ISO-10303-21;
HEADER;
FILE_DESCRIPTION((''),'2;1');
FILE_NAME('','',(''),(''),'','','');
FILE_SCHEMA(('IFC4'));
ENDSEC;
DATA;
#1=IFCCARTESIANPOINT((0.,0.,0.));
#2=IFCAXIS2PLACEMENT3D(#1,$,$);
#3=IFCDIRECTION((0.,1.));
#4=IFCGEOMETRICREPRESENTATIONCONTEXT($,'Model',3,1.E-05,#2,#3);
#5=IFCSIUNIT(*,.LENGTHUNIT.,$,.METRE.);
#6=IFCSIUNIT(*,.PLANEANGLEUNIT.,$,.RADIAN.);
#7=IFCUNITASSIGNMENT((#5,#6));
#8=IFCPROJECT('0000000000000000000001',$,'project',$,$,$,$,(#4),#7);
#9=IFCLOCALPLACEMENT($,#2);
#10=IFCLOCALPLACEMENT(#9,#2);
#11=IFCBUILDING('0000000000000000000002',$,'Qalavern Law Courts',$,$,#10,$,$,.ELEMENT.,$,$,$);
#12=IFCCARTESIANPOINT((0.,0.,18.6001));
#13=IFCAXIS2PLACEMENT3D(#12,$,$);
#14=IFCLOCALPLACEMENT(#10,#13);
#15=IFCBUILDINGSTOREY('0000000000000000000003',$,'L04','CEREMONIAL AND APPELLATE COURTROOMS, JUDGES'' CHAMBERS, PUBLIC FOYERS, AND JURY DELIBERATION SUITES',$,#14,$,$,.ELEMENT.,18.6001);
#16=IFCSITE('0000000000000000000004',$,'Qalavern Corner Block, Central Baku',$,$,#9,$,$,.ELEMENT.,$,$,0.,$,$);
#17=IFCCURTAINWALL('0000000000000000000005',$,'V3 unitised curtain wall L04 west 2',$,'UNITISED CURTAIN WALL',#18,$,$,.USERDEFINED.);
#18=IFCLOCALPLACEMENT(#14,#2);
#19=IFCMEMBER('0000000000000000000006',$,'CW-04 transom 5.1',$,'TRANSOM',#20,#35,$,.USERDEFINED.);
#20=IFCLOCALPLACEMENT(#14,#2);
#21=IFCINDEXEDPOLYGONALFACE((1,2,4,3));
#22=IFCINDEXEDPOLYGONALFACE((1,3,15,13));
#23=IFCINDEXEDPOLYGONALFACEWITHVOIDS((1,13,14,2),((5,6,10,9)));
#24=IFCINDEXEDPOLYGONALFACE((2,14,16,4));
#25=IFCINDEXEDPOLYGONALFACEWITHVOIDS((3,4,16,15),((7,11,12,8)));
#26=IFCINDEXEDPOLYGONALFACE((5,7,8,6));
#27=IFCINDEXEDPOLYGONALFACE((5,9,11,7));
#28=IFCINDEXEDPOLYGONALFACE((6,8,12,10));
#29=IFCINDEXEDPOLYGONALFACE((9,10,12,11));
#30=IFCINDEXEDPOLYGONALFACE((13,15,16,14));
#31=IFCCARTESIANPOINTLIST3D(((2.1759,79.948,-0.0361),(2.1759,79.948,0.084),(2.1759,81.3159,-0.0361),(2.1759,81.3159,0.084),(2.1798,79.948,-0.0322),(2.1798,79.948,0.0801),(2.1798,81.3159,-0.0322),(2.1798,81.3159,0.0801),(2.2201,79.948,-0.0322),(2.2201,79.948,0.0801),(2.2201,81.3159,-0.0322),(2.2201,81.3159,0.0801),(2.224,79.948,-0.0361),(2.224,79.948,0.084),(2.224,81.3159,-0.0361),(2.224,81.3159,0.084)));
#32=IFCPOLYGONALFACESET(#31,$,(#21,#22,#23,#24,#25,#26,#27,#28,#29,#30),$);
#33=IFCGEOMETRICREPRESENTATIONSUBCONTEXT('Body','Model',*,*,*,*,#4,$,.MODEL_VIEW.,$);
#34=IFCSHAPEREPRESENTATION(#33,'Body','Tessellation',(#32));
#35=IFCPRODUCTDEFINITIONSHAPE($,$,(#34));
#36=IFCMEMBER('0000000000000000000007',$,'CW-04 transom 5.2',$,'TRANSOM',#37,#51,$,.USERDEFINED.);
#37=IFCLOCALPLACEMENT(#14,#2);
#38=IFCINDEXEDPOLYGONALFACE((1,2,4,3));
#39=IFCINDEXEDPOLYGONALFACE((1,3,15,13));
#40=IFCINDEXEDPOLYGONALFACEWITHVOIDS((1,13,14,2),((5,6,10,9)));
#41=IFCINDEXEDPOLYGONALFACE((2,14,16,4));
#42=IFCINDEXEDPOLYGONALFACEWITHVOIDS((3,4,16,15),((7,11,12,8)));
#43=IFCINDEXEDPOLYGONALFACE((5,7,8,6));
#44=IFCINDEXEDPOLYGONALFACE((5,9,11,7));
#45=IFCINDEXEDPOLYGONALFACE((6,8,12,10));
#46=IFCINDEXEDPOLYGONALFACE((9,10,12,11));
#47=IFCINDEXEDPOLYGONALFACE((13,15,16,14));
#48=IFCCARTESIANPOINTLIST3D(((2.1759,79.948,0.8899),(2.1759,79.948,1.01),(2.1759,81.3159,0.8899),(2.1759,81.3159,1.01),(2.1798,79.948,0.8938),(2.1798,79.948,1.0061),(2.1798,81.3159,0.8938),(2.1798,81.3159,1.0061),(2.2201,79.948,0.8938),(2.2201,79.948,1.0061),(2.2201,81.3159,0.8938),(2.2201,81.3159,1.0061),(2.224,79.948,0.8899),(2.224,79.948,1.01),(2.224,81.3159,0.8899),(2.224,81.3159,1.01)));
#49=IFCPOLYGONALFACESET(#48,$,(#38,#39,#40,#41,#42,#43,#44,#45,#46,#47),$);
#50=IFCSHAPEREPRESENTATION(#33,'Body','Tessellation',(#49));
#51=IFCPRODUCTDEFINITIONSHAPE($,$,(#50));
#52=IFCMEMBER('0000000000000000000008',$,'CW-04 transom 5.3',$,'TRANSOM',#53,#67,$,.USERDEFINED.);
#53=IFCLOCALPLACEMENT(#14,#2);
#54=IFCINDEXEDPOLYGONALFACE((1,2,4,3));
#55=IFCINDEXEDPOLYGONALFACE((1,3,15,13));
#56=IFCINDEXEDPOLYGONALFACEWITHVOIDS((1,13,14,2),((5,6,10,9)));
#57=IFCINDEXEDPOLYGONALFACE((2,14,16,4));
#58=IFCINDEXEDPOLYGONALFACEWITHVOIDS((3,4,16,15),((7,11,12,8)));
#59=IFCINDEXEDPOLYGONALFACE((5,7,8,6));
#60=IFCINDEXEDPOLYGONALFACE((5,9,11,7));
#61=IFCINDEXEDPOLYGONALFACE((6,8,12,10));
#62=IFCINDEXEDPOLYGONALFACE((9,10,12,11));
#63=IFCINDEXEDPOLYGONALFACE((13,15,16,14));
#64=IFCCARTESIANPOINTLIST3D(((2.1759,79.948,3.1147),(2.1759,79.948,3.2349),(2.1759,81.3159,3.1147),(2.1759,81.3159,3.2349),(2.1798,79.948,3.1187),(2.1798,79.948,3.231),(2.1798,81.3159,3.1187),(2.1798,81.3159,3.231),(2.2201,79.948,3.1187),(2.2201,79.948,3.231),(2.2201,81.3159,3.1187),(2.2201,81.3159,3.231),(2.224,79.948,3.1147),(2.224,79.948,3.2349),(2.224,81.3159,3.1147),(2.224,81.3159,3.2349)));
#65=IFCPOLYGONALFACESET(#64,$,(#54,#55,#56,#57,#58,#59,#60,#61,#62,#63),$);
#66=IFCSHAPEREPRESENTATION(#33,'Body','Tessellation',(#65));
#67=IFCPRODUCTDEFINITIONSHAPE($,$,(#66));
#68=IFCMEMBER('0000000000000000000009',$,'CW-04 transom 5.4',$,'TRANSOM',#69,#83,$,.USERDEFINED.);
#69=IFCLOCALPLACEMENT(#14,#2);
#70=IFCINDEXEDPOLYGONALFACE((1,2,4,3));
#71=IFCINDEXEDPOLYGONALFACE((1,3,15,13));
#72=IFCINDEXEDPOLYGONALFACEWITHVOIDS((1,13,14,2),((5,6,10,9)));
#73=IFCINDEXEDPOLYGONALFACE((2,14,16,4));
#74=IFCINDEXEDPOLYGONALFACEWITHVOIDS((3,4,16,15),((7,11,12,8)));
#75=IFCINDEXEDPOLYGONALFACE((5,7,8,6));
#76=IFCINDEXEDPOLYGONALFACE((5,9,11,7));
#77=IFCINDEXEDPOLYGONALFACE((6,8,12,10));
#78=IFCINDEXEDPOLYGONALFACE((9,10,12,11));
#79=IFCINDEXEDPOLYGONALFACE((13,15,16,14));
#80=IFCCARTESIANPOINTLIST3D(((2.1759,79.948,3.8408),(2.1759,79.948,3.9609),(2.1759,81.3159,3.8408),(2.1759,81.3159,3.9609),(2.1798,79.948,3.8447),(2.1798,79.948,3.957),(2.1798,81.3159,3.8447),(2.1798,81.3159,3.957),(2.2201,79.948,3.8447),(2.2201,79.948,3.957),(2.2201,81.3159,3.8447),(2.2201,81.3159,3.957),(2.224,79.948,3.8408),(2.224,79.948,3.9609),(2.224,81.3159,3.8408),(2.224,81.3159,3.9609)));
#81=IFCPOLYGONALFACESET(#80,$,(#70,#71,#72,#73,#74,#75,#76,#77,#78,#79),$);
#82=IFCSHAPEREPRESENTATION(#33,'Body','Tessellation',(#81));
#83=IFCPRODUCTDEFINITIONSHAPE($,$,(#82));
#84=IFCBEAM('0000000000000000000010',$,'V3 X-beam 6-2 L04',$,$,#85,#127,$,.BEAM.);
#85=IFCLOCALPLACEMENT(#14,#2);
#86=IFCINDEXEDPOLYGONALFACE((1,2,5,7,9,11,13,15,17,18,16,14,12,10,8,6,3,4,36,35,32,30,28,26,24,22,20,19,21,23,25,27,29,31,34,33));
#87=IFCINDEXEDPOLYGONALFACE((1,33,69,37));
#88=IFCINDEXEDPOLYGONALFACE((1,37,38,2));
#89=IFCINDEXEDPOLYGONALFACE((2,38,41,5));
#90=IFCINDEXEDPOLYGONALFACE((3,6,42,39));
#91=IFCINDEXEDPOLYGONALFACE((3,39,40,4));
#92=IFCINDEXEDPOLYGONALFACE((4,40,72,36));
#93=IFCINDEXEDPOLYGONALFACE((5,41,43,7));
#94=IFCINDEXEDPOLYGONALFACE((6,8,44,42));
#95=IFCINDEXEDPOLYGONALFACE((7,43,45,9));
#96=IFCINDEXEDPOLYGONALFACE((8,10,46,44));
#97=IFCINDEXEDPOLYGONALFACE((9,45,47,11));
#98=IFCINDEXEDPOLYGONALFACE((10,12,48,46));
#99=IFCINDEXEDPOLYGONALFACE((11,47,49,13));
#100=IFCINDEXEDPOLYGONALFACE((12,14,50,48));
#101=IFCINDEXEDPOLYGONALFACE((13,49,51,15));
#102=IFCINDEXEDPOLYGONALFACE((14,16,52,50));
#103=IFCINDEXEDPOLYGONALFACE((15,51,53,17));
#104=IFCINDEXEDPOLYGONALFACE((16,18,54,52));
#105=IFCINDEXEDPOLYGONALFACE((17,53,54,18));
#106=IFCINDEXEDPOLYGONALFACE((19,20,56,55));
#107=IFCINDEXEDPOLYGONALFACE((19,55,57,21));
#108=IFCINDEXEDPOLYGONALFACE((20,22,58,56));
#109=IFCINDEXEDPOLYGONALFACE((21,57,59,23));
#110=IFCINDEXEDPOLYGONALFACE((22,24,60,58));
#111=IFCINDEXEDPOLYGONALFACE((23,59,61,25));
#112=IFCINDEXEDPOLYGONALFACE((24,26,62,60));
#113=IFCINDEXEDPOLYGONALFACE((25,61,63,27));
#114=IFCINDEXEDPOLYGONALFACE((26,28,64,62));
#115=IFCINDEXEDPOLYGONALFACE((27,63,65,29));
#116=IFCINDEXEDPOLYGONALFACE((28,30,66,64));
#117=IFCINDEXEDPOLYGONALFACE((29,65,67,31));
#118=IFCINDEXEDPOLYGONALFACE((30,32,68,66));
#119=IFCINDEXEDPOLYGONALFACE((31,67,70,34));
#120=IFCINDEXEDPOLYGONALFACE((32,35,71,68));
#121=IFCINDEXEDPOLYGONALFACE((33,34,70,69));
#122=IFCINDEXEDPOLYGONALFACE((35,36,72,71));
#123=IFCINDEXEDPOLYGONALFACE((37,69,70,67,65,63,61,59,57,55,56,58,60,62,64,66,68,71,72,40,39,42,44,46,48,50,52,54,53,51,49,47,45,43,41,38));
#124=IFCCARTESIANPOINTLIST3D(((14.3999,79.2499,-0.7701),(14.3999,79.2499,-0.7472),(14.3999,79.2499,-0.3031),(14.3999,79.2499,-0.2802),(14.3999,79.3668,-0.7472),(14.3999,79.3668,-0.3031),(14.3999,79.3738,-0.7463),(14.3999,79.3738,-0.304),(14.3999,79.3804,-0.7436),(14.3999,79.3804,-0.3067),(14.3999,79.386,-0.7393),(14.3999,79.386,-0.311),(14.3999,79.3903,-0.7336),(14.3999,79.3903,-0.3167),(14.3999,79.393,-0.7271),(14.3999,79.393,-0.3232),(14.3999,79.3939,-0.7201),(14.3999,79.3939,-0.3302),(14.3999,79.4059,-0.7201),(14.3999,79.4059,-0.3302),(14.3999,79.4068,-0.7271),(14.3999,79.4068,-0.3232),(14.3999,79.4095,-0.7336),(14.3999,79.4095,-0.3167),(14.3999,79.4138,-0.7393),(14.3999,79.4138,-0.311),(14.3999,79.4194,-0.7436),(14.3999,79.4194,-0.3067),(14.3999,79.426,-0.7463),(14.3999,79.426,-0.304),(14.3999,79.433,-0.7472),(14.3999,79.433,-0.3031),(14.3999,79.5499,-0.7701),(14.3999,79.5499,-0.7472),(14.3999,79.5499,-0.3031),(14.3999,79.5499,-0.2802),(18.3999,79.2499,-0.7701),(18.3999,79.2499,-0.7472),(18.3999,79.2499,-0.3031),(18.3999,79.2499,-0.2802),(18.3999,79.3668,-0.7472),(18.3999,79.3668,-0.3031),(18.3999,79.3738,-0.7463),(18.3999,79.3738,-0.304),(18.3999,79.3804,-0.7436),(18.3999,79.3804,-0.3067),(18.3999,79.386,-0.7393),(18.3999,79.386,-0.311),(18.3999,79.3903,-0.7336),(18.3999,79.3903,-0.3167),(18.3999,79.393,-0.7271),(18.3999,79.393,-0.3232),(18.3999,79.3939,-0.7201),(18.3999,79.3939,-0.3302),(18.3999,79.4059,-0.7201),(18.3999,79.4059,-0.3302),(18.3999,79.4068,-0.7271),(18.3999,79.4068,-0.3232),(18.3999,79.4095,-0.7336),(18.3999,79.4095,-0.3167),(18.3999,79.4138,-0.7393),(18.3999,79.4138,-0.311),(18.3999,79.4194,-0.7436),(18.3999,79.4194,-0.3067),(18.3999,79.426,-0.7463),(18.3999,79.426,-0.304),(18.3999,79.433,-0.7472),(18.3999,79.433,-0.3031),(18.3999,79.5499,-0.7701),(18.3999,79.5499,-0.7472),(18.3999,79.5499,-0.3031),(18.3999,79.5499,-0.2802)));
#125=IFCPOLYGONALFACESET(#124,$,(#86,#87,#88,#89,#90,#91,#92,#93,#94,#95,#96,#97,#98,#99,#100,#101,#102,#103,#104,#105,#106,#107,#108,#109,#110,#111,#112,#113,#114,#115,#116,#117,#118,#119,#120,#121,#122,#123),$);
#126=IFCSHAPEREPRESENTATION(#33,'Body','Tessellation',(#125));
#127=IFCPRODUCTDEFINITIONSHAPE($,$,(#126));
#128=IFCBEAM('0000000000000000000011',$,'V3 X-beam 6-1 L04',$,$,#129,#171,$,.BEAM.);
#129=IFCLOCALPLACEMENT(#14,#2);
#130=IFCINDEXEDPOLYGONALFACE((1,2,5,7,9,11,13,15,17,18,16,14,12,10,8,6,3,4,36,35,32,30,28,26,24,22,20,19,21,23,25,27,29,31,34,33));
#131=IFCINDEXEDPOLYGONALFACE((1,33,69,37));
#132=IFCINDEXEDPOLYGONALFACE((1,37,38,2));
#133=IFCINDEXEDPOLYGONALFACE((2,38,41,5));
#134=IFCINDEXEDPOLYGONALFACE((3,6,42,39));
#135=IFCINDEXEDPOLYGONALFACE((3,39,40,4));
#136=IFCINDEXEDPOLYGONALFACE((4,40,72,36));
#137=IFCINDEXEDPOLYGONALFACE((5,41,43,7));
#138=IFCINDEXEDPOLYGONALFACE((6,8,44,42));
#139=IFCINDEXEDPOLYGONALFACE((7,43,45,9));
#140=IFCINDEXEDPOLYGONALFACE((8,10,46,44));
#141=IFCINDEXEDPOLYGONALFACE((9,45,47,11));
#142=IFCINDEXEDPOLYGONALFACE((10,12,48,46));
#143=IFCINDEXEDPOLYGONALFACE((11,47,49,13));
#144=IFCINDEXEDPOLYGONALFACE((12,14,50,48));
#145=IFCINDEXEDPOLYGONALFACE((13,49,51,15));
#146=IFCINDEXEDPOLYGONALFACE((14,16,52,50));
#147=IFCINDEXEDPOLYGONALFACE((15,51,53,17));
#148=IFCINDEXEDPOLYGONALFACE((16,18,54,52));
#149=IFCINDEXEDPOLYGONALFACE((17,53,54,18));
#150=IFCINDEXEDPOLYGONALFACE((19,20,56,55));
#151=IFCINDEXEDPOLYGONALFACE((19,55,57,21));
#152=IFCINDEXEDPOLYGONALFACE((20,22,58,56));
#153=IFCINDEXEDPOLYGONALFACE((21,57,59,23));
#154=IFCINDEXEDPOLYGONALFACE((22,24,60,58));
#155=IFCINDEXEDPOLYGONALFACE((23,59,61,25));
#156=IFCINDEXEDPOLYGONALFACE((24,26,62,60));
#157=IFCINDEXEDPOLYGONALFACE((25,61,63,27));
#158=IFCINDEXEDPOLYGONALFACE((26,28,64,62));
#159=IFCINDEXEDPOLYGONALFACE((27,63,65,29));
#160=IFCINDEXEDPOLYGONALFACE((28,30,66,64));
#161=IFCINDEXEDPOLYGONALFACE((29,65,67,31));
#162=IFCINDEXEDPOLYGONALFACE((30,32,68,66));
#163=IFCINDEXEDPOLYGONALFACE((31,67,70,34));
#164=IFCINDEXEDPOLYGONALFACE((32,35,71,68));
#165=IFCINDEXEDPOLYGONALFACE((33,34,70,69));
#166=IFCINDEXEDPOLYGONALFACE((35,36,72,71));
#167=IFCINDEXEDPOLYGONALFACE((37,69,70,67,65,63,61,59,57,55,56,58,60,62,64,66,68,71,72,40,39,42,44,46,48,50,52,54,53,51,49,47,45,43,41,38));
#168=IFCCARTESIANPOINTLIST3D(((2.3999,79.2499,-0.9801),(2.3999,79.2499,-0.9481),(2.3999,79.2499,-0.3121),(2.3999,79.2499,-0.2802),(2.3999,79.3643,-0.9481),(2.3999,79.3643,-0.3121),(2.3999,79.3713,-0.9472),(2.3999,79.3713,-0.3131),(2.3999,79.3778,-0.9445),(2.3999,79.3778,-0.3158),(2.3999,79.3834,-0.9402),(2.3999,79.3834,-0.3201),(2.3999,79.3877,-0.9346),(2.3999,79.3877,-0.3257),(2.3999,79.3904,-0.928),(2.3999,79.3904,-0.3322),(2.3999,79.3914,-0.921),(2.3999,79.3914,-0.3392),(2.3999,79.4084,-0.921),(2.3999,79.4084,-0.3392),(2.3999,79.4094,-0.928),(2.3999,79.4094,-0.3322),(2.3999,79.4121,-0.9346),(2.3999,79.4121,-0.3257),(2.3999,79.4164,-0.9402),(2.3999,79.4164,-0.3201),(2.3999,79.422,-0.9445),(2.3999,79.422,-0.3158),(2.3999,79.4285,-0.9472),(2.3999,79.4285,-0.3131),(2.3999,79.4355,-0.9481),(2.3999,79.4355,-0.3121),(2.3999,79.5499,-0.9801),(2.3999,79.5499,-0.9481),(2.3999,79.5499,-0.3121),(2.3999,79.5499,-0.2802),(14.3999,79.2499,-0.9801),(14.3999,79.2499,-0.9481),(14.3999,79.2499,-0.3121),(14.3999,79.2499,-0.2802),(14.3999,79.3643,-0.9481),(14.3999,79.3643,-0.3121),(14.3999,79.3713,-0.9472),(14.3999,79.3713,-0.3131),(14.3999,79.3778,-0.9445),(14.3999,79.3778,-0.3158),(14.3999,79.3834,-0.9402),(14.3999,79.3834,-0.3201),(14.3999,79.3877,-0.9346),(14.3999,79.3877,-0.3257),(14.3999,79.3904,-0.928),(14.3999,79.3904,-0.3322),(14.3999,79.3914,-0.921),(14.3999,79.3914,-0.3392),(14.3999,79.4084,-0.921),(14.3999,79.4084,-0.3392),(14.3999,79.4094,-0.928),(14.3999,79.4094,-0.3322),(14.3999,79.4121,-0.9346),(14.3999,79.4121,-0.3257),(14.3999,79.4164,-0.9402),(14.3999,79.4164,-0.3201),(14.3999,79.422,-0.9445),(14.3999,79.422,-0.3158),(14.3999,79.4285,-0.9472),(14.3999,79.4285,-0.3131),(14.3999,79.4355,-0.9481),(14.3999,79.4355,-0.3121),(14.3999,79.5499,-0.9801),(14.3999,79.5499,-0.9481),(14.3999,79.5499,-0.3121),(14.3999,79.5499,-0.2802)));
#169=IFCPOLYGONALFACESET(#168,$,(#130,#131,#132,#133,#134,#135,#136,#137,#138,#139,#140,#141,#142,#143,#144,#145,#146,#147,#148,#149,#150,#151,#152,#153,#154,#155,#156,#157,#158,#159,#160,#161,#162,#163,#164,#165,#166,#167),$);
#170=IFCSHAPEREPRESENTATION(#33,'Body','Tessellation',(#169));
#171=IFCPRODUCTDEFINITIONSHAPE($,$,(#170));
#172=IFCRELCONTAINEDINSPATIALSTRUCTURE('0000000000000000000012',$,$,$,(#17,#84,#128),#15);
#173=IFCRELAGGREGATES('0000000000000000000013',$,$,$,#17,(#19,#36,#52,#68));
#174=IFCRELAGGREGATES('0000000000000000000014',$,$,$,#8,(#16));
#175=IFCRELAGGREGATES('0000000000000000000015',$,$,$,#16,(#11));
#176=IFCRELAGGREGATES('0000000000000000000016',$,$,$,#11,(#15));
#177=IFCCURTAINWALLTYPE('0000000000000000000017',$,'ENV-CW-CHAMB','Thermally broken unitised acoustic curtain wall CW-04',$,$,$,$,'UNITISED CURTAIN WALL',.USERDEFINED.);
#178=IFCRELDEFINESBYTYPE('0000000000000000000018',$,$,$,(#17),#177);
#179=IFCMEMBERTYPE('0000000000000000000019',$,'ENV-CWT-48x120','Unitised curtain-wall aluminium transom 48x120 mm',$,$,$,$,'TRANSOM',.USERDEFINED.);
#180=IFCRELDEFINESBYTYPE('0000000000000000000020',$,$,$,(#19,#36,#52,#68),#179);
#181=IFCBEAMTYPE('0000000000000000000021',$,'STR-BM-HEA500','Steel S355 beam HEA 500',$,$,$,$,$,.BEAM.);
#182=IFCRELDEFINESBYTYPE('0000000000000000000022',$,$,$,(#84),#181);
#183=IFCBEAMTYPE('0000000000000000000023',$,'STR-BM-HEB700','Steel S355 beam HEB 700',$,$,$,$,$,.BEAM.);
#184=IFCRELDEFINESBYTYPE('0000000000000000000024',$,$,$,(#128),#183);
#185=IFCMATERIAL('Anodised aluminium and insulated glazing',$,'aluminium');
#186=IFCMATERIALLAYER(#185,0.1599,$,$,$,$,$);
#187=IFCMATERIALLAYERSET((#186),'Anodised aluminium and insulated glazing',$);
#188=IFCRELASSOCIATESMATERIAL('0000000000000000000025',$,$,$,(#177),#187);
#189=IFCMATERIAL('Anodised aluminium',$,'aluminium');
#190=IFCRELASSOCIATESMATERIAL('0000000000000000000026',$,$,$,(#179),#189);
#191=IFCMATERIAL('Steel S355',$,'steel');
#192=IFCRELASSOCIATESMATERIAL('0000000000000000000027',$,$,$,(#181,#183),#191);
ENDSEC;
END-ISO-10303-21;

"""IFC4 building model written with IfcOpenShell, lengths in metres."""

from ifc_helpers import new_model, si_unit, direction, frame, origin, origin_2d, place, context, subcontext, project, spatial, hollow_rectangle, i_section, extrude, material, layer, layer_set, material_profile, profile_set, type_object, element, aggregate, save


model = new_model("IFC4")

# Units and contexts
model_context = context("Model", 3, precision=1e-05, world=origin(), true_north=direction((0.0, 1.0)))
body_context = subcontext(model_context, "Body", "Model", "MODEL_VIEW")
ifc_project = project(units=[si_unit("LENGTHUNIT", "METRE"), si_unit("PLANEANGLEUNIT", "RADIAN")], contexts=[model_context])

# Site, building, storey
site_placement = place(None, origin())
site = spatial("IfcSite", under=ifc_project, at=site_placement, Name="Qalavern Corner Block, Central Baku", CompositionType="ELEMENT", RefElevation=0.0)
building_placement = place(site_placement, origin())
building = spatial("IfcBuilding", under=site, at=building_placement, Name="Qalavern Law Courts", CompositionType="ELEMENT")
storey_placement = place(building_placement, frame((0.0, 0.0, 18.6001)))
storey = spatial("IfcBuildingStorey", under=building, at=storey_placement, Name="L04", Description="CEREMONIAL AND APPELLATE COURTROOMS, JUDGES' CHAMBERS, PUBLIC FOYERS, AND JURY DELIBERATION SUITES", CompositionType="ELEMENT", Elevation=18.6001)

# Curtain wall
ifc_material_1 = material(Name="Anodised aluminium and insulated glazing", Category="aluminium")
ifc_layer_1 = layer(ifc_material_1, 0.1599)
ifc_layer_set_1 = layer_set([ifc_layer_1], Name="Anodised aluminium and insulated glazing")
curtain_wall_type = type_object("IfcCurtainWallType", Name="ENV-CW-CHAMB", Description="Thermally broken unitised acoustic curtain wall CW-04", ElementType="UNITISED CURTAIN WALL", PredefinedType="USERDEFINED", material=ifc_layer_set_1)
curtain_wall_1_placement = place(storey_placement, origin())
curtain_wall_1 = element("IfcCurtainWall", 1, at=curtain_wall_1_placement, inside=storey, type_object=curtain_wall_type, Name="V3 unitised curtain wall L04 west 2", ObjectType="UNITISED CURTAIN WALL", PredefinedType="USERDEFINED")
ifc_material_2 = material(Name="Anodised aluminium", Category="aluminium")

# Members
ifc_material_profile_1 = material_profile(ifc_material_2, hollow_rectangle(XDim=0.0481, YDim=0.1201, WallThickness=0.0039, at=origin_2d()), Name="ALU TRANSOM 48x120")
ifc_profile_set_1 = profile_set([ifc_material_profile_1], Name="Anodised aluminium")
member_type_1 = type_object("IfcMemberType", Name="ENV-CWT-48x120", Description="Unitised curtain-wall aluminium transom 48x120 mm", ElementType="TRANSOM", PredefinedType="USERDEFINED", material=ifc_profile_set_1)
member_1_placement = place(storey_placement, frame((2.2, 81.3159, 0.0239), z_axis=(0.0, -1.0, 0.0), x_axis=(1.0, 0.0, 0.0)))
member_1 = element("IfcMember", 2, at=member_1_placement, type_object=member_type_1, Name="CW-04 transom 5.1", ObjectType="TRANSOM", PredefinedType="USERDEFINED", context=body_context, shape_type="SweptSolid", body=[
    extrude(hollow_rectangle(XDim=0.0481, YDim=0.1201, WallThickness=0.0039, at=origin_2d()), origin(), (0.0, 0.0, 1.0), 1.3679),
])
member_2_placement = place(storey_placement, frame((2.2, 81.3159, 0.95), z_axis=(0.0, -1.0, 0.0), x_axis=(1.0, 0.0, 0.0)))
member_2 = element("IfcMember", 3, at=member_2_placement, type_object=member_type_1, Name="CW-04 transom 5.2", ObjectType="TRANSOM", PredefinedType="USERDEFINED", context=body_context, shape_type="SweptSolid", body=[
    extrude(hollow_rectangle(XDim=0.0481, YDim=0.1201, WallThickness=0.0039, at=origin_2d()), origin(), (0.0, 0.0, 1.0), 1.3679),
])
member_3_placement = place(storey_placement, frame((2.2, 81.3159, 3.1748), z_axis=(0.0, -1.0, 0.0), x_axis=(1.0, 0.0, 0.0)))
member_3 = element("IfcMember", 4, at=member_3_placement, type_object=member_type_1, Name="CW-04 transom 5.3", ObjectType="TRANSOM", PredefinedType="USERDEFINED", context=body_context, shape_type="SweptSolid", body=[
    extrude(hollow_rectangle(XDim=0.0481, YDim=0.1201, WallThickness=0.0039, at=origin_2d()), origin(), (0.0, 0.0, 1.0), 1.3679),
])
member_4_placement = place(storey_placement, frame((2.2, 81.3159, 3.9009), z_axis=(0.0, -1.0, 0.0), x_axis=(1.0, 0.0, 0.0)))
member_4 = element("IfcMember", 5, at=member_4_placement, type_object=member_type_1, Name="CW-04 transom 5.4", ObjectType="TRANSOM", PredefinedType="USERDEFINED", context=body_context, shape_type="SweptSolid", body=[
    extrude(hollow_rectangle(XDim=0.0481, YDim=0.1201, WallThickness=0.0039, at=origin_2d()), origin(), (0.0, 0.0, 1.0), 1.3679),
])

# Beams
ifc_material_3 = material(Name="Steel S355", Category="steel")
ifc_material_profile_2 = material_profile(ifc_material_3, i_section(OverallWidth=0.3, OverallDepth=0.49, WebThickness=0.012, FlangeThickness=0.0229, FilletRadius=0.0271, at=origin_2d()), Name="HEA 500")
ifc_profile_set_2 = profile_set([ifc_material_profile_2], Name="Steel S355")
beam_type_1 = type_object("IfcBeamType", Name="STR-BM-HEA500", Description="Steel S355 beam HEA 500", PredefinedType="BEAM", material=ifc_profile_set_2)
beam_1_placement = place(storey_placement, frame((14.3999, 79.3999, -0.5251), z_axis=(1.0, 0.0, 0.0), x_axis=(0.0, 1.0, 0.0)))
element("IfcBeam", 6, at=beam_1_placement, inside=storey, type_object=beam_type_1, Name="V3 X-beam 6-2 L04", PredefinedType="BEAM", context=body_context, shape_type="SweptSolid", body=[
    extrude(i_section(OverallWidth=0.3, OverallDepth=0.49, WebThickness=0.012, FlangeThickness=0.0229, FilletRadius=0.0271, at=origin_2d()), origin(), (0.0, 0.0, 1.0), 4.0),
])
ifc_material_profile_3 = material_profile(ifc_material_3, i_section(OverallWidth=0.3, OverallDepth=0.7, WebThickness=0.0171, FlangeThickness=0.032, FilletRadius=0.0271, at=origin_2d()), Name="HEB 700")
ifc_profile_set_3 = profile_set([ifc_material_profile_3], Name="Steel S355")
beam_type_2 = type_object("IfcBeamType", Name="STR-BM-HEB700", Description="Steel S355 beam HEB 700", PredefinedType="BEAM", material=ifc_profile_set_3)
beam_2_placement = place(storey_placement, frame((2.3999, 79.3999, -0.6301), z_axis=(1.0, 0.0, 0.0), x_axis=(0.0, 1.0, 0.0)))
element("IfcBeam", 7, at=beam_2_placement, inside=storey, type_object=beam_type_2, Name="V3 X-beam 6-1 L04", PredefinedType="BEAM", context=body_context, shape_type="SweptSolid", body=[
    extrude(i_section(OverallWidth=0.3, OverallDepth=0.7, WebThickness=0.0171, FlangeThickness=0.032, FilletRadius=0.0271, at=origin_2d()), origin(), (0.0, 0.0, 1.0), 12.0),
])

aggregate(curtain_wall_1, [member_1, member_2, member_3, member_4])

save(model, "model.ifc")
